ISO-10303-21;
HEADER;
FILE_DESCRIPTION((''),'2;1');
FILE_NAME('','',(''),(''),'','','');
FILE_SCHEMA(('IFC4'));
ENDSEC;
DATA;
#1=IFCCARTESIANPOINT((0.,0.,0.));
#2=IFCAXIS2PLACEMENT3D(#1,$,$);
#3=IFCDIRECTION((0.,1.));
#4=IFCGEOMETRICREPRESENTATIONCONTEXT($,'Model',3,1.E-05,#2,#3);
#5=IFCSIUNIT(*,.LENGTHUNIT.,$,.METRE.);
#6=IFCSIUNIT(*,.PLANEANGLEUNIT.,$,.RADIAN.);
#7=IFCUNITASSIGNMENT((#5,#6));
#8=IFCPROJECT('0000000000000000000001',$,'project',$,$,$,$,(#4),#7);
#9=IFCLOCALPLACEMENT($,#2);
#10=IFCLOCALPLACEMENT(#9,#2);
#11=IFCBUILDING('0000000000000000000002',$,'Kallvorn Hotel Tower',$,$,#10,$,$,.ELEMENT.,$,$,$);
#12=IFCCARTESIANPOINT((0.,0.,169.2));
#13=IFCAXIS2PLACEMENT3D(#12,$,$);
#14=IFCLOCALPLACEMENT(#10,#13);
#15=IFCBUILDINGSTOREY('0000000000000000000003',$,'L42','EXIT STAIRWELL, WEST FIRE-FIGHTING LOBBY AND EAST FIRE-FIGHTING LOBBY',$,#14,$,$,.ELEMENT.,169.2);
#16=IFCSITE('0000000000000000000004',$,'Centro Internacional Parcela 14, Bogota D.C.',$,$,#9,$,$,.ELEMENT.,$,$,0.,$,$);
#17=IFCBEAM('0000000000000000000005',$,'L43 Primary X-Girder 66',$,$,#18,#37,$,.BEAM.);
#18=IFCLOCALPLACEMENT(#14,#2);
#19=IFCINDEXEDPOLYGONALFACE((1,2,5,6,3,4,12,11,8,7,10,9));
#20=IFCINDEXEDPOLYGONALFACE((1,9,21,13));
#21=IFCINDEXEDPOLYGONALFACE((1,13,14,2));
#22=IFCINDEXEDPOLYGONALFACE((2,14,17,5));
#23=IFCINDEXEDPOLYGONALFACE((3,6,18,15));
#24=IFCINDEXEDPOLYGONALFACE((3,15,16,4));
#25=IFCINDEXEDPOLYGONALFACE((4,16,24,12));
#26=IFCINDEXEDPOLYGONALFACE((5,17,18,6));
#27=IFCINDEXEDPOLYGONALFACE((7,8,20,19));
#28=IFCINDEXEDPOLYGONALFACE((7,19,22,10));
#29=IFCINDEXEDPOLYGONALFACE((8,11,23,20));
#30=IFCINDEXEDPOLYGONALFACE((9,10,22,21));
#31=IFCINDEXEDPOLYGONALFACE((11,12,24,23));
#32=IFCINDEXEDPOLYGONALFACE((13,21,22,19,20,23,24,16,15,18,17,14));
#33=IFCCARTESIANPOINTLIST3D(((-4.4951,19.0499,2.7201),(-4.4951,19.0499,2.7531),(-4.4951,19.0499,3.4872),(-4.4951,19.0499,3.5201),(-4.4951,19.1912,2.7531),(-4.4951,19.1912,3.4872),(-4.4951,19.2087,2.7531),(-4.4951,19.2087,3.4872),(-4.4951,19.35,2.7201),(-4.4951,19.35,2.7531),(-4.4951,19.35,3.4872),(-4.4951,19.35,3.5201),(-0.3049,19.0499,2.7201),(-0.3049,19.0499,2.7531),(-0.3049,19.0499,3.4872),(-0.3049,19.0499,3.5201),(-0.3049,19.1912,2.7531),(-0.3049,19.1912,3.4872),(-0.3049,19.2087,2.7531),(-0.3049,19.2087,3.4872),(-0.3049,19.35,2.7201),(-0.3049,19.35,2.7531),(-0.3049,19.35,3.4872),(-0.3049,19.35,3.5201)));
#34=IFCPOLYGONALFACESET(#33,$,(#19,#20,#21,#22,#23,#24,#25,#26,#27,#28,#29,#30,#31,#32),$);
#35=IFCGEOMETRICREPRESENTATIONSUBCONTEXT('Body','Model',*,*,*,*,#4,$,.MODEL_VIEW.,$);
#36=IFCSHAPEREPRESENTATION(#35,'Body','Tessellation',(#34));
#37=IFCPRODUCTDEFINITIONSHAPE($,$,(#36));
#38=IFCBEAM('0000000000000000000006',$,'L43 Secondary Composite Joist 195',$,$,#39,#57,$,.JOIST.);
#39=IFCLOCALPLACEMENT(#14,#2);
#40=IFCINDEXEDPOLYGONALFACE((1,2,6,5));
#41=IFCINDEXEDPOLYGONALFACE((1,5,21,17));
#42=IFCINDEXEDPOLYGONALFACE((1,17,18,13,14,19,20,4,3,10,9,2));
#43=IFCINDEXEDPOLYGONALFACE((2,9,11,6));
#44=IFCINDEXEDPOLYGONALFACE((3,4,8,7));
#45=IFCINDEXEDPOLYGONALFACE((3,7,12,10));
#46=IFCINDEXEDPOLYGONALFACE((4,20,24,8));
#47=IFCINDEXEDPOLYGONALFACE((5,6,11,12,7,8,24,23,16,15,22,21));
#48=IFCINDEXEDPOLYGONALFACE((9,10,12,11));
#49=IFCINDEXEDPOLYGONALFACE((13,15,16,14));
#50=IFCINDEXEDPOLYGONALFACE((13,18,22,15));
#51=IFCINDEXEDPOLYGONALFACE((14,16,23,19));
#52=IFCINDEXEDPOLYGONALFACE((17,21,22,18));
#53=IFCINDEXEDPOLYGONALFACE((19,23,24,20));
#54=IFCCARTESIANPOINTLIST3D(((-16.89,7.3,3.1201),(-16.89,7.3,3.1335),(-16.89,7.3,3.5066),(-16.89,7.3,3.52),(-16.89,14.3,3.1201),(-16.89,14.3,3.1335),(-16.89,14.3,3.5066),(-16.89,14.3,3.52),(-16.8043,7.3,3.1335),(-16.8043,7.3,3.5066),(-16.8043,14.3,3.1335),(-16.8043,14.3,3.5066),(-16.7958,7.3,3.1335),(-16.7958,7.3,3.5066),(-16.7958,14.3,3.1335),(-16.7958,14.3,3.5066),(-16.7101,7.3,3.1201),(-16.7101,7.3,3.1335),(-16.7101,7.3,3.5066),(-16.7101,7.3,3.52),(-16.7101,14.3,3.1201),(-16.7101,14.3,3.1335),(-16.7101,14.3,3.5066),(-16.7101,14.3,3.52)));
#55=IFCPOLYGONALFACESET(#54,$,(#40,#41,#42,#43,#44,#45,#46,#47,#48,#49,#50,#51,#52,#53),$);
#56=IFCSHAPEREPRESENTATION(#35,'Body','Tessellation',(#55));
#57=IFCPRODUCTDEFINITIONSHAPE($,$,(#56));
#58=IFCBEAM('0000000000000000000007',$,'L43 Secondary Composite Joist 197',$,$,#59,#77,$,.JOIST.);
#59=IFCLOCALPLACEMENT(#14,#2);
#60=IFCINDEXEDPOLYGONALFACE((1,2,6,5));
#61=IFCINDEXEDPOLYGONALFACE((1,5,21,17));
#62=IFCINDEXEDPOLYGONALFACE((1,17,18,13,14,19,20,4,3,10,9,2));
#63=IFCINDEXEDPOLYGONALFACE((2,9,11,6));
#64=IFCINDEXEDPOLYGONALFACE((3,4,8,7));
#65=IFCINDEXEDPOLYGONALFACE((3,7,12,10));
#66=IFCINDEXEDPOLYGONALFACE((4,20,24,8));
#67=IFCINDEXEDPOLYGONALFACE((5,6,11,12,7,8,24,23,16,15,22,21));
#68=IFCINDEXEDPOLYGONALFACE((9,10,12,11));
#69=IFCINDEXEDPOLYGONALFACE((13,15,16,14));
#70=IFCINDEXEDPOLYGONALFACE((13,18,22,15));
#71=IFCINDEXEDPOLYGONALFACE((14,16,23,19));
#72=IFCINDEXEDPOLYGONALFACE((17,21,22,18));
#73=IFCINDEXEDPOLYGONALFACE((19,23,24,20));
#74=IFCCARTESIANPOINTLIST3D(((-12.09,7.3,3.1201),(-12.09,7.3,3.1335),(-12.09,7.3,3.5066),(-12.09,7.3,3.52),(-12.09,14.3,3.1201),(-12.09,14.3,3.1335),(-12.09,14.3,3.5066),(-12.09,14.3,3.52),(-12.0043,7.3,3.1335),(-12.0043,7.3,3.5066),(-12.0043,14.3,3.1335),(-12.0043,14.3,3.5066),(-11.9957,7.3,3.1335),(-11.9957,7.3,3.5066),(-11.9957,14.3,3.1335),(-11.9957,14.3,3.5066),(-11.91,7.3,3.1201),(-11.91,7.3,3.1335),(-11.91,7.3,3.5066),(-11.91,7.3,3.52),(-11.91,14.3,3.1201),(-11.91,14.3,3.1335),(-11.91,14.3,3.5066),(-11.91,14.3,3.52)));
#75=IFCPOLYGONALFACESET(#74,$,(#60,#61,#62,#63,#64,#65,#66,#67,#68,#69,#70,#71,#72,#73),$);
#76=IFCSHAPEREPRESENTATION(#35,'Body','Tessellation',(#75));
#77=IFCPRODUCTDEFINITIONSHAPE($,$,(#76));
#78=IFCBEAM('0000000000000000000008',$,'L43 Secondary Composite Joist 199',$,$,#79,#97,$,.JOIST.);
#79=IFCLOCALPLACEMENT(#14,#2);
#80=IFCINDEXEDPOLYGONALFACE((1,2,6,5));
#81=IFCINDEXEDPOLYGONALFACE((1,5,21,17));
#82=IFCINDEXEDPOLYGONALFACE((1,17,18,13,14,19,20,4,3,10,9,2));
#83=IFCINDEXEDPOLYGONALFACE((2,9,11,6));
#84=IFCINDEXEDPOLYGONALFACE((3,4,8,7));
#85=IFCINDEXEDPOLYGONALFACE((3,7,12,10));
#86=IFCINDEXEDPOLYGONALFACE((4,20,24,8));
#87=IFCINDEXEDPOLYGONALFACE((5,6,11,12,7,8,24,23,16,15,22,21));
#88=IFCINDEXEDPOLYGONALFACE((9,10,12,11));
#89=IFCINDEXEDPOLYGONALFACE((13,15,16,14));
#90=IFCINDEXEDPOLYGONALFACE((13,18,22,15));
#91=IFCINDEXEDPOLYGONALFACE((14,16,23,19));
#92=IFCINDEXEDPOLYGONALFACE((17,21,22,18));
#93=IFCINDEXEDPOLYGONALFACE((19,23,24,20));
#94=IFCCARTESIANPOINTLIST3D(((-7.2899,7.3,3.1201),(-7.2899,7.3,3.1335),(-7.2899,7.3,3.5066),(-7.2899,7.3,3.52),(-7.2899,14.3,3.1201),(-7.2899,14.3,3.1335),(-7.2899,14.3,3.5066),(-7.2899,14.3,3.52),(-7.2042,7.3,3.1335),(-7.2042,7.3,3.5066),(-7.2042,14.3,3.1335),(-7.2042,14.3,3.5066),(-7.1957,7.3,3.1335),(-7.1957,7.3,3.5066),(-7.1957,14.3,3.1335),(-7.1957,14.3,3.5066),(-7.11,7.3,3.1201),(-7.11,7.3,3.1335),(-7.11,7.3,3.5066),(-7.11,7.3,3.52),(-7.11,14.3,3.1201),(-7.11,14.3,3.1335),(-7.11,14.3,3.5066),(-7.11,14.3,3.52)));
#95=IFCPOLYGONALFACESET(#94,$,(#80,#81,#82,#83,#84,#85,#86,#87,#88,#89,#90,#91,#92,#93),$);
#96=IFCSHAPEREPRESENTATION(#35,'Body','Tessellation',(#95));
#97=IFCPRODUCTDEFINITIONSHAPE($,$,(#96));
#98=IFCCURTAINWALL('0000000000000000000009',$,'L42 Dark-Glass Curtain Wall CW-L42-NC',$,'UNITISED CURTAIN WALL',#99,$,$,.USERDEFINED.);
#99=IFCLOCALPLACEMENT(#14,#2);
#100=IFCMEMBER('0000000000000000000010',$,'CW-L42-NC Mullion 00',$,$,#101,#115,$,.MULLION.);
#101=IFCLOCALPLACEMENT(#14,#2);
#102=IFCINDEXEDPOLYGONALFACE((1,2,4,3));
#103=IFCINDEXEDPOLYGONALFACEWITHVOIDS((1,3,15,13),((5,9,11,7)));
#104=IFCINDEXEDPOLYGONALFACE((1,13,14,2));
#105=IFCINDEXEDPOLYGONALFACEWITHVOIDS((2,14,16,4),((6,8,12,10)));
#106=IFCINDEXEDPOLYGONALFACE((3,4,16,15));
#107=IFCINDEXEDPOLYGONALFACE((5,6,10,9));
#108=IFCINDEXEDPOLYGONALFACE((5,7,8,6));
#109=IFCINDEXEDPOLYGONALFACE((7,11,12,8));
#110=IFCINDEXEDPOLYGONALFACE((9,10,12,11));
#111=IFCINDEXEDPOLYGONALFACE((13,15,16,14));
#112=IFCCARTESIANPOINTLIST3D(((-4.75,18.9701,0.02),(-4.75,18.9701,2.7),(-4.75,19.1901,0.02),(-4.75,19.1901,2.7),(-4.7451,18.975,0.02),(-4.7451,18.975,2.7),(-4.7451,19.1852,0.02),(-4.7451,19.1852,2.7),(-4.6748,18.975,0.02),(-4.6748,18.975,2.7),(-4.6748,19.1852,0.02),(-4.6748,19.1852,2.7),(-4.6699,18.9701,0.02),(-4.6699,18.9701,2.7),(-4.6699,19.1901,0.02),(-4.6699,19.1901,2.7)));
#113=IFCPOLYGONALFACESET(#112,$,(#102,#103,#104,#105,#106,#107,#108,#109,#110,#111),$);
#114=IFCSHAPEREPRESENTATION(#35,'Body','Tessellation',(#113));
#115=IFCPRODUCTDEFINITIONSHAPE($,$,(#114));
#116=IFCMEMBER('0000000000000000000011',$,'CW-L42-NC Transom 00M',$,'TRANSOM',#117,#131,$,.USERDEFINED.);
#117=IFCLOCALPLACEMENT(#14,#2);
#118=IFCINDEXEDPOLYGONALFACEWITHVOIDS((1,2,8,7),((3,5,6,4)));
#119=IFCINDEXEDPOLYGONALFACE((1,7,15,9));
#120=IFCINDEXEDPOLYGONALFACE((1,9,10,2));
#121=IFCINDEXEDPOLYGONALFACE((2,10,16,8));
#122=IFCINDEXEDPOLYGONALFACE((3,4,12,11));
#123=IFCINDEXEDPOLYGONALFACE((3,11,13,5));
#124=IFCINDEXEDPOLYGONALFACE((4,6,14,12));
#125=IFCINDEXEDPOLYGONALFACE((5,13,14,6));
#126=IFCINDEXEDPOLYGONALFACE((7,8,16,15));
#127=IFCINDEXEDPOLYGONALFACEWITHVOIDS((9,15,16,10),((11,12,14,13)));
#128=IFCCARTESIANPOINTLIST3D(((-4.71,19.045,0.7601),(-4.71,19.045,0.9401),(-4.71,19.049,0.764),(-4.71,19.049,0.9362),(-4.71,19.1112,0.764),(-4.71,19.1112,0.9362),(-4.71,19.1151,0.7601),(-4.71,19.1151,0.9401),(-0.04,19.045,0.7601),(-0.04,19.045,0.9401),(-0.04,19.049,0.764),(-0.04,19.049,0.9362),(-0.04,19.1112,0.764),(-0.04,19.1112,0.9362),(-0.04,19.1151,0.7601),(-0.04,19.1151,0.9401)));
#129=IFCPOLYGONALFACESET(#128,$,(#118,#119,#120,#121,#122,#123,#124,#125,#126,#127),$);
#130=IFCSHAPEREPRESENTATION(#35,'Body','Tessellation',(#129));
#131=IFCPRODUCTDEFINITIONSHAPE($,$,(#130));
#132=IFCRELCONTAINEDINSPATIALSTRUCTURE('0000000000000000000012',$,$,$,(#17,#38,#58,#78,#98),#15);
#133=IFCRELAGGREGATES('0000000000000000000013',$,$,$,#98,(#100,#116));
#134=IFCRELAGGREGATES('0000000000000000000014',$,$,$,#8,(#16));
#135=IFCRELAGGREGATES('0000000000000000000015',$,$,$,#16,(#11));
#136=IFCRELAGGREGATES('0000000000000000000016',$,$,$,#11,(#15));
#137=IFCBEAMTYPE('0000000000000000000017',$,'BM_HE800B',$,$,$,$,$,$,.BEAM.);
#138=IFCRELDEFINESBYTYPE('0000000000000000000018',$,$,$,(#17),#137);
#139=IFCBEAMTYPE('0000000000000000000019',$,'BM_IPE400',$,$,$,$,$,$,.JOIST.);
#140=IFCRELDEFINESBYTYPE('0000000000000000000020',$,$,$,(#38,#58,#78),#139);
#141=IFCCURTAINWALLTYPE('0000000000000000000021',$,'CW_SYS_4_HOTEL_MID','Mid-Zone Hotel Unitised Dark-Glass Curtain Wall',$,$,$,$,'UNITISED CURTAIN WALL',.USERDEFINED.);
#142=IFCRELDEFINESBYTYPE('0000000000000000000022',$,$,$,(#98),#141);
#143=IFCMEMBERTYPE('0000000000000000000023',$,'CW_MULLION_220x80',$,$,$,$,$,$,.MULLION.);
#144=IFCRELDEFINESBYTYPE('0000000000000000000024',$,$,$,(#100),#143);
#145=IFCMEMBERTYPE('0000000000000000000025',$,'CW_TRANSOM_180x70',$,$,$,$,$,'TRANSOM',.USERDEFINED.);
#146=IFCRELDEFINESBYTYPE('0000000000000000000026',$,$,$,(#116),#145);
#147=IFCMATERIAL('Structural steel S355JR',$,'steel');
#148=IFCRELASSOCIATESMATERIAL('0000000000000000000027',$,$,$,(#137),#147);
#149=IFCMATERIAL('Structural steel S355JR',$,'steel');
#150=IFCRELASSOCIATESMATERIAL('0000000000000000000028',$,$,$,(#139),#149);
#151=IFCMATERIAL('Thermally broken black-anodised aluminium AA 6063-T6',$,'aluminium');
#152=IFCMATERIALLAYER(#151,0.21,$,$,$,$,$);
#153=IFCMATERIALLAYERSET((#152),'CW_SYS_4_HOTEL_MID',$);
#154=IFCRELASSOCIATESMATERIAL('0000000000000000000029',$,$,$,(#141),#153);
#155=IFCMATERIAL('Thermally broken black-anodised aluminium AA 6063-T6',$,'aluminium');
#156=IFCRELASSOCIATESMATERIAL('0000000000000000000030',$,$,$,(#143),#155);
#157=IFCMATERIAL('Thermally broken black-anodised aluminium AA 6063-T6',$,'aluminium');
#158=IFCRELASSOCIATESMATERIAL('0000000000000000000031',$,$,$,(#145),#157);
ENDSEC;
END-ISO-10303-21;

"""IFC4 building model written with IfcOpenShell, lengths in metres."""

from ifc_helpers import new_model, si_unit, direction, frame, origin, origin_2d, place, context, subcontext, project, spatial, hollow_rectangle, i_section, extrude, material, layer, layer_set, material_profile, profile_set, type_object, element, aggregate, save


model = new_model("IFC4")

# Units and contexts
model_context = context("Model", 3, precision=1e-05, world=origin(), true_north=direction((0.0, 1.0)))
body_context = subcontext(model_context, "Body", "Model", "MODEL_VIEW")
ifc_project = project(units=[si_unit("LENGTHUNIT", "METRE"), si_unit("PLANEANGLEUNIT", "RADIAN")], contexts=[model_context])

# Site, building, storey
site_placement = place(None, origin())
site = spatial("IfcSite", under=ifc_project, at=site_placement, Name="Centro Internacional Parcela 14, Bogota D.C.", CompositionType="ELEMENT", RefElevation=0.0)
building_placement = place(site_placement, origin())
building = spatial("IfcBuilding", under=site, at=building_placement, Name="Kallvorn Hotel Tower", CompositionType="ELEMENT")
storey_placement = place(building_placement, frame((0.0, 0.0, 169.2)))
storey = spatial("IfcBuildingStorey", under=building, at=storey_placement, Name="L42", Description="EXIT STAIRWELL, WEST FIRE-FIGHTING LOBBY AND EAST FIRE-FIGHTING LOBBY", CompositionType="ELEMENT", Elevation=169.2)

# Beams
ifc_material_1 = material(Name="Structural steel S355JR", Category="steel")
ifc_material_profile_1 = material_profile(ifc_material_1, i_section(OverallWidth=0.3, OverallDepth=0.8, WebThickness=0.0176, FlangeThickness=0.033, at=origin_2d()), Name="HE 800 B")
ifc_profile_set_1 = profile_set([ifc_material_profile_1], Name="Structural steel S355JR")
beam_type_1 = type_object("IfcBeamType", Name="BM_HE800B", PredefinedType="BEAM", material=ifc_profile_set_1)
beam_1_placement = place(storey_placement, frame((-4.4951, 19.2, 3.1201), z_axis=(1.0, 0.0, 0.0), x_axis=(0.0, 1.0, 0.0)))
element("IfcBeam", 1, at=beam_1_placement, inside=storey, type_object=beam_type_1, Name="L43 Primary X-Girder 66", PredefinedType="BEAM", context=body_context, shape_type="SweptSolid", body=[
    extrude(i_section(OverallWidth=0.3, OverallDepth=0.8, WebThickness=0.0176, FlangeThickness=0.033, at=origin_2d()), origin(), (0.0, 0.0, 1.0), 4.1902),
])
ifc_material_2 = material(Name="Structural steel S355JR", Category="steel")
ifc_material_profile_2 = material_profile(ifc_material_2, i_section(OverallWidth=0.1799, OverallDepth=0.3999, WebThickness=0.0085, FlangeThickness=0.0134, at=origin_2d()), Name="IPE 400")
ifc_profile_set_2 = profile_set([ifc_material_profile_2], Name="Structural steel S355JR")
beam_type_2 = type_object("IfcBeamType", Name="BM_IPE400", PredefinedType="JOIST", material=ifc_profile_set_2)
for number, where, z_axis, x_axis, name in (
    (2, (-16.8, 7.3, 3.3201), (0.0, 1.0, 0.0), (-1.0, 0.0, 0.0), "L43 Secondary Composite Joist 195"),
    (3, (-12.0, 7.3, 3.3201), (0.0, 1.0, 0.0), (-1.0, 0.0, 0.0), "L43 Secondary Composite Joist 197"),
    (4, (-7.2, 7.3, 3.3201), (0.0, 1.0, 0.0), (-1.0, 0.0, 0.0), "L43 Secondary Composite Joist 199"),
):
    element("IfcBeam", number, at=place(storey_placement, frame(where, z_axis=z_axis, x_axis=x_axis)), inside=storey, type_object=beam_type_2, Name=name, PredefinedType="JOIST", context=body_context, shape_type="SweptSolid", body=[
        extrude(i_section(OverallWidth=0.1799, OverallDepth=0.3999, WebThickness=0.0085, FlangeThickness=0.0134, at=origin_2d()), origin(), (0.0, 0.0, 1.0), 7.0),
    ])

# Curtain wall, members
ifc_material_3 = material(Name="Thermally broken black-anodised aluminium AA 6063-T6", Category="aluminium")
ifc_layer_1 = layer(ifc_material_3, 0.21)
ifc_layer_set_1 = layer_set([ifc_layer_1], Name="CW_SYS_4_HOTEL_MID")
curtain_wall_type = type_object("IfcCurtainWallType", Name="CW_SYS_4_HOTEL_MID", Description="Mid-Zone Hotel Unitised Dark-Glass Curtain Wall", ElementType="UNITISED CURTAIN WALL", PredefinedType="USERDEFINED", material=ifc_layer_set_1)
curtain_wall_placement = place(storey_placement, origin())
curtain_wall = element("IfcCurtainWall", 5, at=curtain_wall_placement, inside=storey, type_object=curtain_wall_type, Name="L42 Dark-Glass Curtain Wall CW-L42-NC", ObjectType="UNITISED CURTAIN WALL", PredefinedType="USERDEFINED")
ifc_material_4 = material(Name="Thermally broken black-anodised aluminium AA 6063-T6", Category="aluminium")
ifc_material_profile_3 = material_profile(ifc_material_4, hollow_rectangle(XDim=0.0801, YDim=0.22, WallThickness=0.0049, at=origin_2d()), Name="MUL 220x80")
ifc_profile_set_3 = profile_set([ifc_material_profile_3], Name="Thermally broken black-anodised aluminium AA 6063-T6")
member_type_1 = type_object("IfcMemberType", Name="CW_MULLION_220x80", PredefinedType="MULLION", material=ifc_profile_set_3)
member_1_placement = place(storey_placement, frame((-4.71, 19.0801, 0.02), z_axis=(0.0, 0.0, 1.0), x_axis=(1.0, 0.0, 0.0)))
member_1 = element("IfcMember", 6, at=member_1_placement, type_object=member_type_1, Name="CW-L42-NC Mullion 00", PredefinedType="MULLION", context=body_context, shape_type="SweptSolid", body=[
    extrude(hollow_rectangle(XDim=0.0801, YDim=0.22, WallThickness=0.0049, at=origin_2d()), origin(), (0.0, 0.0, 1.0), 2.6799),
])
ifc_material_5 = material(Name="Thermally broken black-anodised aluminium AA 6063-T6", Category="aluminium")
ifc_material_profile_4 = material_profile(ifc_material_5, hollow_rectangle(XDim=0.0701, YDim=0.1799, WallThickness=0.0039, at=origin_2d()), Name="TRN 180x70")
ifc_profile_set_4 = profile_set([ifc_material_profile_4], Name="Thermally broken black-anodised aluminium AA 6063-T6")
member_type_2 = type_object("IfcMemberType", Name="CW_TRANSOM_180x70", ElementType="TRANSOM", PredefinedType="USERDEFINED", material=ifc_profile_set_4)
member_2_placement = place(storey_placement, frame((-4.71, 19.0801, 0.8501), z_axis=(1.0, 0.0, 0.0), x_axis=(0.0, 1.0, 0.0)))
member_2 = element("IfcMember", 7, at=member_2_placement, type_object=member_type_2, Name="CW-L42-NC Transom 00M", ObjectType="TRANSOM", PredefinedType="USERDEFINED", context=body_context, shape_type="SweptSolid", body=[
    extrude(hollow_rectangle(XDim=0.0701, YDim=0.1799, WallThickness=0.0039, at=origin_2d()), origin(), (0.0, 0.0, 1.0), 4.6699),
])
aggregate(curtain_wall, [member_1, member_2])

save(model, "model.ifc")
